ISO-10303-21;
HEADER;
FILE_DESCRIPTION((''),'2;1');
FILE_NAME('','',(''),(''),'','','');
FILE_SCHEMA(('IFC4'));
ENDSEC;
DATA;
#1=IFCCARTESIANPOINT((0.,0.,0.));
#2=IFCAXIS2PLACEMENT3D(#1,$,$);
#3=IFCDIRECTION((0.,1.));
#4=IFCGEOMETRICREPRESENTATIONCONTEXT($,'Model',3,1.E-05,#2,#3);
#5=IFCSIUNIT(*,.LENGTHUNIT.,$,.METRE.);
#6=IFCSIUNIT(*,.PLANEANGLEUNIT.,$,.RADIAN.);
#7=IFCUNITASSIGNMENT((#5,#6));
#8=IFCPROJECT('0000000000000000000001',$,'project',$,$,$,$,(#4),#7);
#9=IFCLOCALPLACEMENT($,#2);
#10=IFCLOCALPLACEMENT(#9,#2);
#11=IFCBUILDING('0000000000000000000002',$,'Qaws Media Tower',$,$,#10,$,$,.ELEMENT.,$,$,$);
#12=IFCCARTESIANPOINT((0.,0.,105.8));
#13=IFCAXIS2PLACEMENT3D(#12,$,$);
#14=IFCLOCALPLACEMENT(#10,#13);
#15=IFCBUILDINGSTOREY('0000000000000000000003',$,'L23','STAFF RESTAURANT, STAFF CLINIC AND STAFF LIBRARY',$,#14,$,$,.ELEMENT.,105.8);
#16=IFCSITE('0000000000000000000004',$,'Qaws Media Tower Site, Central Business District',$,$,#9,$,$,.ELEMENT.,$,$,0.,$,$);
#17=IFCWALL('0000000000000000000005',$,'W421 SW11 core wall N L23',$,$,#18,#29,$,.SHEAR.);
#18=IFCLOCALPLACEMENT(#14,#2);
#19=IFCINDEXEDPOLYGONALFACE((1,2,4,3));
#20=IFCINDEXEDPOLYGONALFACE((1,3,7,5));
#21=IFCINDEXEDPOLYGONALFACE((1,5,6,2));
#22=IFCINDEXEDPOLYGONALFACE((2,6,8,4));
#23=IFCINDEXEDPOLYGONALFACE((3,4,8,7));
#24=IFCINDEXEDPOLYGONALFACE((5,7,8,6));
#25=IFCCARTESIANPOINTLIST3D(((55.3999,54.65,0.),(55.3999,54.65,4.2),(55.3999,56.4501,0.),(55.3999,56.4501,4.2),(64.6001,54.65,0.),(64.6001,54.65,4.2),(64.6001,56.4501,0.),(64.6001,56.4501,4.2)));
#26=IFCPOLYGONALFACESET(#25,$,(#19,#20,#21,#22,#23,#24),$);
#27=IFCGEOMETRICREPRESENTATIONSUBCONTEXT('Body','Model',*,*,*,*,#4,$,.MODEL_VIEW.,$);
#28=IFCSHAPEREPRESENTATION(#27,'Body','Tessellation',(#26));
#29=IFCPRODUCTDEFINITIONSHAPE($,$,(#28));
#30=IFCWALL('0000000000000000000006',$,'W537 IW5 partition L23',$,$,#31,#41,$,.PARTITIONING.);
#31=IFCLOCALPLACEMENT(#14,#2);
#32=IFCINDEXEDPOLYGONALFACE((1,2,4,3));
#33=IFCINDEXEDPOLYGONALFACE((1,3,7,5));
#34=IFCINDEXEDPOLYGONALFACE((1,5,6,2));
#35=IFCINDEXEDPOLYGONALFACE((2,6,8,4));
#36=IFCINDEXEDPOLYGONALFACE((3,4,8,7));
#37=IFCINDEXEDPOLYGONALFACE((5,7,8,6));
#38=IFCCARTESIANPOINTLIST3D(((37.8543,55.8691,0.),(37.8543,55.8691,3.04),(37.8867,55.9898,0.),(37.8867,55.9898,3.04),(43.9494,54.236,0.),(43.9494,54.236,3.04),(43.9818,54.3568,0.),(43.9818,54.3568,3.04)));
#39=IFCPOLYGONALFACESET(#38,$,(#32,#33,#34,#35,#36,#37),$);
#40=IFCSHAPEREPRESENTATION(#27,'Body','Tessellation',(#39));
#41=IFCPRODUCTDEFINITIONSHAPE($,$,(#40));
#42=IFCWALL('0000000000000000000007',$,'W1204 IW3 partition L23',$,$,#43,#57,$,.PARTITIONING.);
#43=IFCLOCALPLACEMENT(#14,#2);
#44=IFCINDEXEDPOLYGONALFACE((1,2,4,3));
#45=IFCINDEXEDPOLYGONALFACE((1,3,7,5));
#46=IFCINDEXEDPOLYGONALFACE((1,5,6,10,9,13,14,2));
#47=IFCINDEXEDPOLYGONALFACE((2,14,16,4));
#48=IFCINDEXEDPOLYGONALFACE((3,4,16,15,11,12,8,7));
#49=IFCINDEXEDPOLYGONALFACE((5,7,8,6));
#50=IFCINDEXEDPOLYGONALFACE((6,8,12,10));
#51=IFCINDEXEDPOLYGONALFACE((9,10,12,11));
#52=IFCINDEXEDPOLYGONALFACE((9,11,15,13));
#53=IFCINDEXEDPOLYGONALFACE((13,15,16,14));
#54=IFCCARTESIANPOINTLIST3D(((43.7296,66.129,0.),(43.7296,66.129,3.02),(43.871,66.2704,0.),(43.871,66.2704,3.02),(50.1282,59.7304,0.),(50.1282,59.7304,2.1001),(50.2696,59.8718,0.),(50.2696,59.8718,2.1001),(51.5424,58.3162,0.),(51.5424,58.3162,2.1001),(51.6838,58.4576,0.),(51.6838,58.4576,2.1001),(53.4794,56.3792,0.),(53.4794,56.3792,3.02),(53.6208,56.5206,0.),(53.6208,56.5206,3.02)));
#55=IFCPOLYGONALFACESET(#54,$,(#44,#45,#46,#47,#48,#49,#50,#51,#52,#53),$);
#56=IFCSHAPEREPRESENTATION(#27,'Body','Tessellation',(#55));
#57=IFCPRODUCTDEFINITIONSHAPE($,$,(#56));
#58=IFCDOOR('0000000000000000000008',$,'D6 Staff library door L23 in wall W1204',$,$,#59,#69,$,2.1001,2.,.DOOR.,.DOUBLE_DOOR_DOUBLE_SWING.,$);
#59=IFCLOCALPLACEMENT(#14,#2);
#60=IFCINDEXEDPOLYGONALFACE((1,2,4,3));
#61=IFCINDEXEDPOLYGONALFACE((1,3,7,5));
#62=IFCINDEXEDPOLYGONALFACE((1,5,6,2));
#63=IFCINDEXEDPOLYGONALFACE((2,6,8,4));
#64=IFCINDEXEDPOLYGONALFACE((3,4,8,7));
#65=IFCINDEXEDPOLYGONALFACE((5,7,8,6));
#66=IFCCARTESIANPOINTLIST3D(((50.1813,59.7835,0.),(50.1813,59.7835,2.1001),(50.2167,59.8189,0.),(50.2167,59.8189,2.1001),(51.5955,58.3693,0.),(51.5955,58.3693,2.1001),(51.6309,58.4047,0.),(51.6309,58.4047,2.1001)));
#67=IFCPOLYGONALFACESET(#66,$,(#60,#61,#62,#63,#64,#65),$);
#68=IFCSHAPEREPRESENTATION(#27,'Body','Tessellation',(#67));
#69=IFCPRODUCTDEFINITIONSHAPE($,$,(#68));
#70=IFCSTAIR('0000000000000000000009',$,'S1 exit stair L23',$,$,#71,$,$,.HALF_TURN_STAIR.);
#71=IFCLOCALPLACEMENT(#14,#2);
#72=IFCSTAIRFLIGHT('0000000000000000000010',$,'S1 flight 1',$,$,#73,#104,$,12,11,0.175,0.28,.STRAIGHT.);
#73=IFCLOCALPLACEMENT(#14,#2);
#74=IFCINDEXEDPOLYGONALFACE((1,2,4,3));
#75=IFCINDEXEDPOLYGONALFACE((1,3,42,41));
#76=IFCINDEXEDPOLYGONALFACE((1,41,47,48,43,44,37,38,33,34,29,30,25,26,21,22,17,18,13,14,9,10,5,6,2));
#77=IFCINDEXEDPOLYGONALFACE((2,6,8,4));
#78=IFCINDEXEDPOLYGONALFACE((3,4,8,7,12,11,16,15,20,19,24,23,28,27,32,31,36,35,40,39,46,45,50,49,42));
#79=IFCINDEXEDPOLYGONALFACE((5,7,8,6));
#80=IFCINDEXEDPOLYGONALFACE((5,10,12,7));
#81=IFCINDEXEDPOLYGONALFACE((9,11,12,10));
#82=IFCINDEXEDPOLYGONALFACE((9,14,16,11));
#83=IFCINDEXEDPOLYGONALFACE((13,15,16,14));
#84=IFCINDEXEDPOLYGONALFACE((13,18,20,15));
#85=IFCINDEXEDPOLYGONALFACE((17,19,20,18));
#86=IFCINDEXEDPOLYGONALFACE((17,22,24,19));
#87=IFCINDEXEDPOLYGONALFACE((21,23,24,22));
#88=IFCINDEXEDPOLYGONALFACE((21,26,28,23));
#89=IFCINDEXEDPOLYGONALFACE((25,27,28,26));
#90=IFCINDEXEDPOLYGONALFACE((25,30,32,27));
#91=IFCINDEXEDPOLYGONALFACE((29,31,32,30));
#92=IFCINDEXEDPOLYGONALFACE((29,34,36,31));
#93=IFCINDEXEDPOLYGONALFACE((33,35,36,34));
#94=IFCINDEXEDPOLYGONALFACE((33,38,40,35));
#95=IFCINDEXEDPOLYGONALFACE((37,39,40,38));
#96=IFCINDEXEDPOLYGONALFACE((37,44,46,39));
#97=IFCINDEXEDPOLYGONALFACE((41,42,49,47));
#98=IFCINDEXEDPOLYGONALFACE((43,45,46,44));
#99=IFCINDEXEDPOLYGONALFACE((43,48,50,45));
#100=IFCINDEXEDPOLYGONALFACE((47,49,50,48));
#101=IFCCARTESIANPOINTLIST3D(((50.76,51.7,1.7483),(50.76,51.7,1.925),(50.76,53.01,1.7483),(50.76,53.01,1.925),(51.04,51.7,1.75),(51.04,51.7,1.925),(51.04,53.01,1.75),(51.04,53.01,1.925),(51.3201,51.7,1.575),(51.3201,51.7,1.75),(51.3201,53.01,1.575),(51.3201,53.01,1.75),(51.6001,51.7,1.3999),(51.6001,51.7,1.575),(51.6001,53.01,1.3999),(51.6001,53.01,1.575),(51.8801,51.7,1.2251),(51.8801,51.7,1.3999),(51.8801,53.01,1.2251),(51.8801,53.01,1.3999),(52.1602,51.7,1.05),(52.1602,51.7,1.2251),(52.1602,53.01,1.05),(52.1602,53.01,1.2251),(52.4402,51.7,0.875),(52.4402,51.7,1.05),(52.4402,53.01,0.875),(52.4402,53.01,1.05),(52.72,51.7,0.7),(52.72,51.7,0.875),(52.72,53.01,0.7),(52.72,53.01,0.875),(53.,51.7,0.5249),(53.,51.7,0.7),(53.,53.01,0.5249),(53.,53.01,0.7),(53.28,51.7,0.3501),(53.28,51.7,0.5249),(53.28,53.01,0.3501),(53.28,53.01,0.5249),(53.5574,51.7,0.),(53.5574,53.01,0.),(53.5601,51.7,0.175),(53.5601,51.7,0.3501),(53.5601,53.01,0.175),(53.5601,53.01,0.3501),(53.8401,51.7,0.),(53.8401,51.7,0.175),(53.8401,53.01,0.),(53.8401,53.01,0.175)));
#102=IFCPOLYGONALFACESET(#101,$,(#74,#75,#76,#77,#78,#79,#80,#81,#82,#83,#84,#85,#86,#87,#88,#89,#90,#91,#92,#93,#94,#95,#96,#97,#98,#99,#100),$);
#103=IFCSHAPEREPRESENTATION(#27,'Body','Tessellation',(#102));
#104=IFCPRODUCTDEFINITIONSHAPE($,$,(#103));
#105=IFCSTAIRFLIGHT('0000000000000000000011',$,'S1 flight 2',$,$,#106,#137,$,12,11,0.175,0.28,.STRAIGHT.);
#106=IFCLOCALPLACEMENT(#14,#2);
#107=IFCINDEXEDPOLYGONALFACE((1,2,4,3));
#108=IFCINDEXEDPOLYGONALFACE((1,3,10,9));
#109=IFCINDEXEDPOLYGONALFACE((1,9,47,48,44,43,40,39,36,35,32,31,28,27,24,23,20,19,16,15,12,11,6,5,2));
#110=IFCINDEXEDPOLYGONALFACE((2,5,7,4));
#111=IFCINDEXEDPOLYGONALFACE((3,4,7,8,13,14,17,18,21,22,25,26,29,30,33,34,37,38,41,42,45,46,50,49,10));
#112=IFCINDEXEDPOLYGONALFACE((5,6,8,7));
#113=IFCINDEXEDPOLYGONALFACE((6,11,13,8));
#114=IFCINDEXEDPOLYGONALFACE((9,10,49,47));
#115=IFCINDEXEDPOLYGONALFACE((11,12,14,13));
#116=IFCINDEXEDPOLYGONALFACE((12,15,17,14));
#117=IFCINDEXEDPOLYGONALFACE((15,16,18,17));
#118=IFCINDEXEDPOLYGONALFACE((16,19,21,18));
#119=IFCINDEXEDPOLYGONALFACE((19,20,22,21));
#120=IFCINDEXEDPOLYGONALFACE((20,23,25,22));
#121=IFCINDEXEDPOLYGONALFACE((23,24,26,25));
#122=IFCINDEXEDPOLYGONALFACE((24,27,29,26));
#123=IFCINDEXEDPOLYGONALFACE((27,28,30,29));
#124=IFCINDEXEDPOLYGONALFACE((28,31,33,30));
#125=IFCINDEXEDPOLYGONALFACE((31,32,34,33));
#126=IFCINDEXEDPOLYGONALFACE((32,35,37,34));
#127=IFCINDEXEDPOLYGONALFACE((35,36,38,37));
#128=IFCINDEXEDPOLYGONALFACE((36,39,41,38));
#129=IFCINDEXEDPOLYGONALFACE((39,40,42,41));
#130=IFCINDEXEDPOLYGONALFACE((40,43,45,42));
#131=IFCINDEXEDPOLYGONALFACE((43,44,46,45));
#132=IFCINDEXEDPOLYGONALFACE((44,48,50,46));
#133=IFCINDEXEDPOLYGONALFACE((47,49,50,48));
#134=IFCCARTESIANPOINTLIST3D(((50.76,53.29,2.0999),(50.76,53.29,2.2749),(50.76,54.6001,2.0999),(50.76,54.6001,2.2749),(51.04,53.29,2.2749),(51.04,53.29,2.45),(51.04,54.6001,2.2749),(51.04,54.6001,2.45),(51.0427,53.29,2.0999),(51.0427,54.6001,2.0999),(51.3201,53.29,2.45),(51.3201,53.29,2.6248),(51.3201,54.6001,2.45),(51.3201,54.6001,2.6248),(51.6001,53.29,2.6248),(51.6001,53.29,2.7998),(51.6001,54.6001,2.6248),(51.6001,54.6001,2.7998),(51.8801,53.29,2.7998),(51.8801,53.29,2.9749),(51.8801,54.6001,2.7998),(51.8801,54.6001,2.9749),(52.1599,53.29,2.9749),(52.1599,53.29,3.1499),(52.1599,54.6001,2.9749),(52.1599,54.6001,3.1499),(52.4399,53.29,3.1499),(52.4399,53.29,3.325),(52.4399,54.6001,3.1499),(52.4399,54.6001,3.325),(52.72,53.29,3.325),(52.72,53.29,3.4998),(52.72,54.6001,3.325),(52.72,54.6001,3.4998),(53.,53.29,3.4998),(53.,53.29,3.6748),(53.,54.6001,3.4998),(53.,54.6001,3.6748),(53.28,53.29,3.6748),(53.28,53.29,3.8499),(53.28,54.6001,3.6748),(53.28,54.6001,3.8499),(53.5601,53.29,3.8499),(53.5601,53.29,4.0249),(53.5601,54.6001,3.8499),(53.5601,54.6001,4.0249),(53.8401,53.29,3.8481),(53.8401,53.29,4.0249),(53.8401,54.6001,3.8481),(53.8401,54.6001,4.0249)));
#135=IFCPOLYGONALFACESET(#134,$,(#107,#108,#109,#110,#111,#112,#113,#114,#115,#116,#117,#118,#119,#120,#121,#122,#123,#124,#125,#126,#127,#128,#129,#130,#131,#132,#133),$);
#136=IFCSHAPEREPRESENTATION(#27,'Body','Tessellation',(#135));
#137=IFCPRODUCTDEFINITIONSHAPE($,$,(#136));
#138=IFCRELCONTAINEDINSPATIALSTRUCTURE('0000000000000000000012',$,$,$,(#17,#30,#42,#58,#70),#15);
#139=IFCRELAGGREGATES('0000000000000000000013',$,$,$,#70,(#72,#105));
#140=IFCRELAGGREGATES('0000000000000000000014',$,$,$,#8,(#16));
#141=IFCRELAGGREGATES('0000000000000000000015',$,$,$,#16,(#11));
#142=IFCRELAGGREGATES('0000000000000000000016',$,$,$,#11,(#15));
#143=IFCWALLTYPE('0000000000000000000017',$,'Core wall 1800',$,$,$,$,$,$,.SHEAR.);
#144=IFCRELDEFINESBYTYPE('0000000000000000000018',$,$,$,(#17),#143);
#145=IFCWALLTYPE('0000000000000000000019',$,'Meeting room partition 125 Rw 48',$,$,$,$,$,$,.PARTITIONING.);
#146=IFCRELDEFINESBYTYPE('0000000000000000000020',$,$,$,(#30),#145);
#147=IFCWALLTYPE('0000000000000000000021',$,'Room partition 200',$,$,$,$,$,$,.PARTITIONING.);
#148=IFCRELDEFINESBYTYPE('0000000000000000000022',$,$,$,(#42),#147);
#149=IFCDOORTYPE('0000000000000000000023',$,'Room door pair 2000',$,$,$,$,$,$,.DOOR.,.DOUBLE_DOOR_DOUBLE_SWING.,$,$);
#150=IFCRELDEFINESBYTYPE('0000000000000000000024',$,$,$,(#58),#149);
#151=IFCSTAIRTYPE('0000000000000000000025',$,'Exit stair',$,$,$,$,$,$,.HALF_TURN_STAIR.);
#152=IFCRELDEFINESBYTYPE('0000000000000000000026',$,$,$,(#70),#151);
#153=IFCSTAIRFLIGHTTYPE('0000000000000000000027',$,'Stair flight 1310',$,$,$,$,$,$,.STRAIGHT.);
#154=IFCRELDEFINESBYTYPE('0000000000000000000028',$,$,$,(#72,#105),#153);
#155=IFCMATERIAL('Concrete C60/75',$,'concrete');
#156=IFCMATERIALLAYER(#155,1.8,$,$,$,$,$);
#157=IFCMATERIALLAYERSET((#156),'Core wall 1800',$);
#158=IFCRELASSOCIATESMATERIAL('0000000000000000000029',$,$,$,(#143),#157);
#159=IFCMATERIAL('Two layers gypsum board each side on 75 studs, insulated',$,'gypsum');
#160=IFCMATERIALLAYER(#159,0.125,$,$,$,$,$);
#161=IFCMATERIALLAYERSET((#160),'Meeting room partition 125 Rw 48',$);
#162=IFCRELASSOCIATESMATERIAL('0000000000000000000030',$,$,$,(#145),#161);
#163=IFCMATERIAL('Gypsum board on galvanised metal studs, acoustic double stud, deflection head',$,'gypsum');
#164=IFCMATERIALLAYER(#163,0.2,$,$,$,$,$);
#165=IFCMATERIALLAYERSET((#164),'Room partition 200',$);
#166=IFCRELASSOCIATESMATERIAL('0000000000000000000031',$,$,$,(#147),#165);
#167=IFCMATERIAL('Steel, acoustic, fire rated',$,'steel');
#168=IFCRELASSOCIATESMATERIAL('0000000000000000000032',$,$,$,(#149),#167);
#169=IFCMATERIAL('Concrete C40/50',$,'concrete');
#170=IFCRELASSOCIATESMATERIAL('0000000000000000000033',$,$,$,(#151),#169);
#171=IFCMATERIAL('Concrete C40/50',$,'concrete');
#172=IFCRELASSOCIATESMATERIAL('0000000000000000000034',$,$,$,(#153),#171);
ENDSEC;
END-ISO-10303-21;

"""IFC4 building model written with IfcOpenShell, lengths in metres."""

from ifc_helpers import new_model, si_unit, direction, frame, frame_2d, origin, place, context, subcontext, project, spatial, polyline, rectangle, outline, extrude, material, layer, layer_set, type_object, element, fill, aggregate, save


model = new_model("IFC4")

# Units and contexts
model_context = context("Model", 3, precision=1e-05, world=origin(), true_north=direction((0.0, 1.0)))
body_context = subcontext(model_context, "Body", "Model", "MODEL_VIEW")
ifc_project = project(units=[si_unit("LENGTHUNIT", "METRE"), si_unit("PLANEANGLEUNIT", "RADIAN")], contexts=[model_context])

# Site, building, storey
site_placement = place(None, origin())
site = spatial("IfcSite", under=ifc_project, at=site_placement, Name="Qaws Media Tower Site, Central Business District", CompositionType="ELEMENT", RefElevation=0.0)
building_placement = place(site_placement, origin())
building = spatial("IfcBuilding", under=site, at=building_placement, Name="Qaws Media Tower", CompositionType="ELEMENT")
storey_placement = place(building_placement, frame((0.0, 0.0, 105.8)))
storey = spatial("IfcBuildingStorey", under=building, at=storey_placement, Name="L23", Description="STAFF RESTAURANT, STAFF CLINIC AND STAFF LIBRARY", CompositionType="ELEMENT", Elevation=105.8)

# Walls
ifc_material_1 = material(Name="Concrete C60/75", Category="concrete")
ifc_layer_1 = layer(ifc_material_1, 1.8)
ifc_layer_set_1 = layer_set([ifc_layer_1], Name="Core wall 1800")
wall_type_1 = type_object("IfcWallType", Name="Core wall 1800", PredefinedType="SHEAR", material=ifc_layer_set_1)
wall_1_placement = place(storey_placement, frame((55.3999, 55.55, 0.0), z_axis=(0.0, 0.0, 1.0), x_axis=(1.0, 0.0, 0.0)))
element("IfcWall", 1, at=wall_1_placement, inside=storey, type_object=wall_type_1, Name="W421 SW11 core wall N L23", PredefinedType="SHEAR", context=body_context, shape_type="SweptSolid", body=[
    extrude(rectangle(XDim=9.2002, YDim=1.8, at=frame_2d((4.6001, 0.0))), origin(), (0.0, 0.0, 1.0), 4.2),
])
ifc_material_2 = material(Name="Two layers gypsum board each side on 75 studs, insulated", Category="gypsum")
ifc_layer_2 = layer(ifc_material_2, 0.125)
ifc_layer_set_2 = layer_set([ifc_layer_2], Name="Meeting room partition 125 Rw 48")
wall_type_2 = type_object("IfcWallType", Name="Meeting room partition 125 Rw 48", PredefinedType="PARTITIONING", material=ifc_layer_set_2)
wall_2_placement = place(storey_placement, frame((43.9656, 54.2964, 0.0), z_axis=(0.0, 0.0, 1.0), x_axis=(-0.965929, 0.258806, 0.0)))
element("IfcWall", 2, at=wall_2_placement, inside=storey, type_object=wall_type_2, Name="W537 IW5 partition L23", PredefinedType="PARTITIONING", context=body_context, shape_type="SweptSolid", body=[
    extrude(rectangle(XDim=6.3101, YDim=0.125, at=frame_2d((3.155, 0.0))), origin(), (0.0, 0.0, 1.0), 3.04),
])

# Wall, opening, door
ifc_material_3 = material(Name="Gypsum board on galvanised metal studs, acoustic double stud, deflection head", Category="gypsum")
ifc_layer_3 = layer(ifc_material_3, 0.2)
ifc_layer_set_3 = layer_set([ifc_layer_3], Name="Room partition 200")
wall_type_3 = type_object("IfcWallType", Name="Room partition 200", PredefinedType="PARTITIONING", material=ifc_layer_set_3)
wall_3_placement = place(storey_placement, frame((53.55, 56.45, 0.0), z_axis=(0.0, 0.0, 1.0), x_axis=(-0.707107, 0.707107, 0.0)))
wall_3 = element("IfcWall", 3, at=wall_3_placement, inside=storey, type_object=wall_type_3, Name="W1204 IW3 partition L23", PredefinedType="PARTITIONING", context=body_context, shape_type="SweptSolid", body=[
    extrude(rectangle(XDim=13.7883, YDim=0.2, at=frame_2d((6.894, 0.0))), origin(), (0.0, 0.0, 1.0), 3.02),
])
opening_1_placement = place(wall_3_placement, frame((2.7393, 0.0, 0.0)))
opening_1 = element("IfcOpeningElement", 4, at=opening_1_placement, cuts=wall_3, PredefinedType="OPENING", context=body_context, shape_type="SweptSolid", body=[
    extrude(rectangle(XDim=2.0, YDim=2.1001, at=frame_2d((1.0, 1.05))), frame((0.0, 0.1099, 0.0), z_axis=(0.0, -1.0, 0.0), x_axis=(1.0, 0.0, 0.0)), (0.0, 0.0, 1.0), 0.22),
])
ifc_material_4 = material(Name="Steel, acoustic, fire rated", Category="steel")
door_type_1 = type_object("IfcDoorType", Name="Room door pair 2000", OperationType="DOUBLE_DOOR_DOUBLE_SWING", PredefinedType="DOOR", material=ifc_material_4)
door_1_placement = place(opening_1_placement, origin())
door_1 = element("IfcDoor", 5, at=door_1_placement, inside=storey, type_object=door_type_1, Name="D6 Staff library door L23 in wall W1204", OperationType="DOUBLE_DOOR_DOUBLE_SWING", OverallHeight=2.1001, OverallWidth=2.0, PredefinedType="DOOR", context=body_context, shape_type="SweptSolid", body=[
    extrude(rectangle(XDim=2.0, YDim=2.1001, at=frame_2d((1.0, 1.05))), frame((0.0, 0.0249, 0.0), z_axis=(0.0, -1.0, 0.0), x_axis=(1.0, 0.0, 0.0)), (0.0, 0.0, 1.0), 0.05),
])
fill(opening_1, door_1)

# Stair, stair flights
ifc_material_5 = material(Name="Concrete C40/50", Category="concrete")
stair_type = type_object("IfcStairType", Name="Exit stair", PredefinedType="HALF_TURN_STAIR", material=ifc_material_5)
stair_placement = place(storey_placement, origin())
stair = element("IfcStair", 6, at=stair_placement, inside=storey, type_object=stair_type, Name="S1 exit stair L23", PredefinedType="HALF_TURN_STAIR")
ifc_material_6 = material(Name="Concrete C40/50", Category="concrete")
stair_flight_type = type_object("IfcStairFlightType", Name="Stair flight 1310", PredefinedType="STRAIGHT", material=ifc_material_6)
stair_flight_1_placement = place(storey_placement, frame((53.8401, 52.355, 0.0), z_axis=(0.0, 0.0, 1.0), x_axis=(-1.0, 0.0, 0.0)))
stair_flight_1 = element("IfcStairFlight", 7, at=stair_flight_1_placement, type_object=stair_flight_type, Name="S1 flight 1", NumberOfRisers=12, NumberOfTreads=11, PredefinedType="STRAIGHT", RiserHeight=0.175, TreadLength=0.28, context=body_context, shape_type="SweptSolid", body=[
    extrude(outline(polyline([(0.0, 0.0), (0.0, 0.175), (0.28, 0.175), (0.28, 0.3501), (0.5601, 0.3501), (0.5601, 0.5249), (0.8401, 0.5249), (0.8401, 0.7), (1.1201, 0.7), (1.1201, 0.875), (1.3999, 0.875), (1.3999, 1.05), (1.6799, 1.05), (1.6799, 1.2251), (1.96, 1.2251), (1.96, 1.3999), (2.24, 1.3999), (2.24, 1.575), (2.52, 1.575), (2.52, 1.75), (2.8, 1.75), (2.8, 1.925), (3.0801, 1.925), (3.0801, 2.1001), (3.0801, 1.7483), (0.2827, 0.0), (0.0, 0.0)])), frame((0.0, 0.655, 0.0), z_axis=(0.0, -1.0, 0.0), x_axis=(1.0, 0.0, 0.0)), (0.0, 0.0, 1.0), 1.3101),
])
stair_flight_2_placement = place(storey_placement, frame((50.76, 53.9451, 2.0999), z_axis=(0.0, 0.0, 1.0), x_axis=(1.0, 0.0, 0.0)))
stair_flight_2 = element("IfcStairFlight", 8, at=stair_flight_2_placement, type_object=stair_flight_type, Name="S1 flight 2", NumberOfRisers=12, NumberOfTreads=11, PredefinedType="STRAIGHT", RiserHeight=0.175, TreadLength=0.28, context=body_context, shape_type="SweptSolid", body=[
    extrude(outline(polyline([(0.0, 0.0), (0.0, 0.175), (0.28, 0.175), (0.28, 0.3501), (0.5601, 0.3501), (0.5601, 0.5249), (0.8401, 0.5249), (0.8401, 0.7), (1.1201, 0.7), (1.1201, 0.875), (1.3999, 0.875), (1.3999, 1.05), (1.6799, 1.05), (1.6799, 1.2251), (1.96, 1.2251), (1.96, 1.3999), (2.24, 1.3999), (2.24, 1.575), (2.52, 1.575), (2.52, 1.75), (2.8, 1.75), (2.8, 1.925), (3.0801, 1.925), (3.0801, 2.1001), (3.0801, 1.7483), (0.2827, 0.0), (0.0, 0.0)])), frame((0.0, 0.655, 0.0), z_axis=(0.0, -1.0, 0.0), x_axis=(1.0, 0.0, 0.0)), (0.0, 0.0, 1.0), 1.3101),
])
aggregate(stair, [stair_flight_1, stair_flight_2])

save(model, "model.ifc")
